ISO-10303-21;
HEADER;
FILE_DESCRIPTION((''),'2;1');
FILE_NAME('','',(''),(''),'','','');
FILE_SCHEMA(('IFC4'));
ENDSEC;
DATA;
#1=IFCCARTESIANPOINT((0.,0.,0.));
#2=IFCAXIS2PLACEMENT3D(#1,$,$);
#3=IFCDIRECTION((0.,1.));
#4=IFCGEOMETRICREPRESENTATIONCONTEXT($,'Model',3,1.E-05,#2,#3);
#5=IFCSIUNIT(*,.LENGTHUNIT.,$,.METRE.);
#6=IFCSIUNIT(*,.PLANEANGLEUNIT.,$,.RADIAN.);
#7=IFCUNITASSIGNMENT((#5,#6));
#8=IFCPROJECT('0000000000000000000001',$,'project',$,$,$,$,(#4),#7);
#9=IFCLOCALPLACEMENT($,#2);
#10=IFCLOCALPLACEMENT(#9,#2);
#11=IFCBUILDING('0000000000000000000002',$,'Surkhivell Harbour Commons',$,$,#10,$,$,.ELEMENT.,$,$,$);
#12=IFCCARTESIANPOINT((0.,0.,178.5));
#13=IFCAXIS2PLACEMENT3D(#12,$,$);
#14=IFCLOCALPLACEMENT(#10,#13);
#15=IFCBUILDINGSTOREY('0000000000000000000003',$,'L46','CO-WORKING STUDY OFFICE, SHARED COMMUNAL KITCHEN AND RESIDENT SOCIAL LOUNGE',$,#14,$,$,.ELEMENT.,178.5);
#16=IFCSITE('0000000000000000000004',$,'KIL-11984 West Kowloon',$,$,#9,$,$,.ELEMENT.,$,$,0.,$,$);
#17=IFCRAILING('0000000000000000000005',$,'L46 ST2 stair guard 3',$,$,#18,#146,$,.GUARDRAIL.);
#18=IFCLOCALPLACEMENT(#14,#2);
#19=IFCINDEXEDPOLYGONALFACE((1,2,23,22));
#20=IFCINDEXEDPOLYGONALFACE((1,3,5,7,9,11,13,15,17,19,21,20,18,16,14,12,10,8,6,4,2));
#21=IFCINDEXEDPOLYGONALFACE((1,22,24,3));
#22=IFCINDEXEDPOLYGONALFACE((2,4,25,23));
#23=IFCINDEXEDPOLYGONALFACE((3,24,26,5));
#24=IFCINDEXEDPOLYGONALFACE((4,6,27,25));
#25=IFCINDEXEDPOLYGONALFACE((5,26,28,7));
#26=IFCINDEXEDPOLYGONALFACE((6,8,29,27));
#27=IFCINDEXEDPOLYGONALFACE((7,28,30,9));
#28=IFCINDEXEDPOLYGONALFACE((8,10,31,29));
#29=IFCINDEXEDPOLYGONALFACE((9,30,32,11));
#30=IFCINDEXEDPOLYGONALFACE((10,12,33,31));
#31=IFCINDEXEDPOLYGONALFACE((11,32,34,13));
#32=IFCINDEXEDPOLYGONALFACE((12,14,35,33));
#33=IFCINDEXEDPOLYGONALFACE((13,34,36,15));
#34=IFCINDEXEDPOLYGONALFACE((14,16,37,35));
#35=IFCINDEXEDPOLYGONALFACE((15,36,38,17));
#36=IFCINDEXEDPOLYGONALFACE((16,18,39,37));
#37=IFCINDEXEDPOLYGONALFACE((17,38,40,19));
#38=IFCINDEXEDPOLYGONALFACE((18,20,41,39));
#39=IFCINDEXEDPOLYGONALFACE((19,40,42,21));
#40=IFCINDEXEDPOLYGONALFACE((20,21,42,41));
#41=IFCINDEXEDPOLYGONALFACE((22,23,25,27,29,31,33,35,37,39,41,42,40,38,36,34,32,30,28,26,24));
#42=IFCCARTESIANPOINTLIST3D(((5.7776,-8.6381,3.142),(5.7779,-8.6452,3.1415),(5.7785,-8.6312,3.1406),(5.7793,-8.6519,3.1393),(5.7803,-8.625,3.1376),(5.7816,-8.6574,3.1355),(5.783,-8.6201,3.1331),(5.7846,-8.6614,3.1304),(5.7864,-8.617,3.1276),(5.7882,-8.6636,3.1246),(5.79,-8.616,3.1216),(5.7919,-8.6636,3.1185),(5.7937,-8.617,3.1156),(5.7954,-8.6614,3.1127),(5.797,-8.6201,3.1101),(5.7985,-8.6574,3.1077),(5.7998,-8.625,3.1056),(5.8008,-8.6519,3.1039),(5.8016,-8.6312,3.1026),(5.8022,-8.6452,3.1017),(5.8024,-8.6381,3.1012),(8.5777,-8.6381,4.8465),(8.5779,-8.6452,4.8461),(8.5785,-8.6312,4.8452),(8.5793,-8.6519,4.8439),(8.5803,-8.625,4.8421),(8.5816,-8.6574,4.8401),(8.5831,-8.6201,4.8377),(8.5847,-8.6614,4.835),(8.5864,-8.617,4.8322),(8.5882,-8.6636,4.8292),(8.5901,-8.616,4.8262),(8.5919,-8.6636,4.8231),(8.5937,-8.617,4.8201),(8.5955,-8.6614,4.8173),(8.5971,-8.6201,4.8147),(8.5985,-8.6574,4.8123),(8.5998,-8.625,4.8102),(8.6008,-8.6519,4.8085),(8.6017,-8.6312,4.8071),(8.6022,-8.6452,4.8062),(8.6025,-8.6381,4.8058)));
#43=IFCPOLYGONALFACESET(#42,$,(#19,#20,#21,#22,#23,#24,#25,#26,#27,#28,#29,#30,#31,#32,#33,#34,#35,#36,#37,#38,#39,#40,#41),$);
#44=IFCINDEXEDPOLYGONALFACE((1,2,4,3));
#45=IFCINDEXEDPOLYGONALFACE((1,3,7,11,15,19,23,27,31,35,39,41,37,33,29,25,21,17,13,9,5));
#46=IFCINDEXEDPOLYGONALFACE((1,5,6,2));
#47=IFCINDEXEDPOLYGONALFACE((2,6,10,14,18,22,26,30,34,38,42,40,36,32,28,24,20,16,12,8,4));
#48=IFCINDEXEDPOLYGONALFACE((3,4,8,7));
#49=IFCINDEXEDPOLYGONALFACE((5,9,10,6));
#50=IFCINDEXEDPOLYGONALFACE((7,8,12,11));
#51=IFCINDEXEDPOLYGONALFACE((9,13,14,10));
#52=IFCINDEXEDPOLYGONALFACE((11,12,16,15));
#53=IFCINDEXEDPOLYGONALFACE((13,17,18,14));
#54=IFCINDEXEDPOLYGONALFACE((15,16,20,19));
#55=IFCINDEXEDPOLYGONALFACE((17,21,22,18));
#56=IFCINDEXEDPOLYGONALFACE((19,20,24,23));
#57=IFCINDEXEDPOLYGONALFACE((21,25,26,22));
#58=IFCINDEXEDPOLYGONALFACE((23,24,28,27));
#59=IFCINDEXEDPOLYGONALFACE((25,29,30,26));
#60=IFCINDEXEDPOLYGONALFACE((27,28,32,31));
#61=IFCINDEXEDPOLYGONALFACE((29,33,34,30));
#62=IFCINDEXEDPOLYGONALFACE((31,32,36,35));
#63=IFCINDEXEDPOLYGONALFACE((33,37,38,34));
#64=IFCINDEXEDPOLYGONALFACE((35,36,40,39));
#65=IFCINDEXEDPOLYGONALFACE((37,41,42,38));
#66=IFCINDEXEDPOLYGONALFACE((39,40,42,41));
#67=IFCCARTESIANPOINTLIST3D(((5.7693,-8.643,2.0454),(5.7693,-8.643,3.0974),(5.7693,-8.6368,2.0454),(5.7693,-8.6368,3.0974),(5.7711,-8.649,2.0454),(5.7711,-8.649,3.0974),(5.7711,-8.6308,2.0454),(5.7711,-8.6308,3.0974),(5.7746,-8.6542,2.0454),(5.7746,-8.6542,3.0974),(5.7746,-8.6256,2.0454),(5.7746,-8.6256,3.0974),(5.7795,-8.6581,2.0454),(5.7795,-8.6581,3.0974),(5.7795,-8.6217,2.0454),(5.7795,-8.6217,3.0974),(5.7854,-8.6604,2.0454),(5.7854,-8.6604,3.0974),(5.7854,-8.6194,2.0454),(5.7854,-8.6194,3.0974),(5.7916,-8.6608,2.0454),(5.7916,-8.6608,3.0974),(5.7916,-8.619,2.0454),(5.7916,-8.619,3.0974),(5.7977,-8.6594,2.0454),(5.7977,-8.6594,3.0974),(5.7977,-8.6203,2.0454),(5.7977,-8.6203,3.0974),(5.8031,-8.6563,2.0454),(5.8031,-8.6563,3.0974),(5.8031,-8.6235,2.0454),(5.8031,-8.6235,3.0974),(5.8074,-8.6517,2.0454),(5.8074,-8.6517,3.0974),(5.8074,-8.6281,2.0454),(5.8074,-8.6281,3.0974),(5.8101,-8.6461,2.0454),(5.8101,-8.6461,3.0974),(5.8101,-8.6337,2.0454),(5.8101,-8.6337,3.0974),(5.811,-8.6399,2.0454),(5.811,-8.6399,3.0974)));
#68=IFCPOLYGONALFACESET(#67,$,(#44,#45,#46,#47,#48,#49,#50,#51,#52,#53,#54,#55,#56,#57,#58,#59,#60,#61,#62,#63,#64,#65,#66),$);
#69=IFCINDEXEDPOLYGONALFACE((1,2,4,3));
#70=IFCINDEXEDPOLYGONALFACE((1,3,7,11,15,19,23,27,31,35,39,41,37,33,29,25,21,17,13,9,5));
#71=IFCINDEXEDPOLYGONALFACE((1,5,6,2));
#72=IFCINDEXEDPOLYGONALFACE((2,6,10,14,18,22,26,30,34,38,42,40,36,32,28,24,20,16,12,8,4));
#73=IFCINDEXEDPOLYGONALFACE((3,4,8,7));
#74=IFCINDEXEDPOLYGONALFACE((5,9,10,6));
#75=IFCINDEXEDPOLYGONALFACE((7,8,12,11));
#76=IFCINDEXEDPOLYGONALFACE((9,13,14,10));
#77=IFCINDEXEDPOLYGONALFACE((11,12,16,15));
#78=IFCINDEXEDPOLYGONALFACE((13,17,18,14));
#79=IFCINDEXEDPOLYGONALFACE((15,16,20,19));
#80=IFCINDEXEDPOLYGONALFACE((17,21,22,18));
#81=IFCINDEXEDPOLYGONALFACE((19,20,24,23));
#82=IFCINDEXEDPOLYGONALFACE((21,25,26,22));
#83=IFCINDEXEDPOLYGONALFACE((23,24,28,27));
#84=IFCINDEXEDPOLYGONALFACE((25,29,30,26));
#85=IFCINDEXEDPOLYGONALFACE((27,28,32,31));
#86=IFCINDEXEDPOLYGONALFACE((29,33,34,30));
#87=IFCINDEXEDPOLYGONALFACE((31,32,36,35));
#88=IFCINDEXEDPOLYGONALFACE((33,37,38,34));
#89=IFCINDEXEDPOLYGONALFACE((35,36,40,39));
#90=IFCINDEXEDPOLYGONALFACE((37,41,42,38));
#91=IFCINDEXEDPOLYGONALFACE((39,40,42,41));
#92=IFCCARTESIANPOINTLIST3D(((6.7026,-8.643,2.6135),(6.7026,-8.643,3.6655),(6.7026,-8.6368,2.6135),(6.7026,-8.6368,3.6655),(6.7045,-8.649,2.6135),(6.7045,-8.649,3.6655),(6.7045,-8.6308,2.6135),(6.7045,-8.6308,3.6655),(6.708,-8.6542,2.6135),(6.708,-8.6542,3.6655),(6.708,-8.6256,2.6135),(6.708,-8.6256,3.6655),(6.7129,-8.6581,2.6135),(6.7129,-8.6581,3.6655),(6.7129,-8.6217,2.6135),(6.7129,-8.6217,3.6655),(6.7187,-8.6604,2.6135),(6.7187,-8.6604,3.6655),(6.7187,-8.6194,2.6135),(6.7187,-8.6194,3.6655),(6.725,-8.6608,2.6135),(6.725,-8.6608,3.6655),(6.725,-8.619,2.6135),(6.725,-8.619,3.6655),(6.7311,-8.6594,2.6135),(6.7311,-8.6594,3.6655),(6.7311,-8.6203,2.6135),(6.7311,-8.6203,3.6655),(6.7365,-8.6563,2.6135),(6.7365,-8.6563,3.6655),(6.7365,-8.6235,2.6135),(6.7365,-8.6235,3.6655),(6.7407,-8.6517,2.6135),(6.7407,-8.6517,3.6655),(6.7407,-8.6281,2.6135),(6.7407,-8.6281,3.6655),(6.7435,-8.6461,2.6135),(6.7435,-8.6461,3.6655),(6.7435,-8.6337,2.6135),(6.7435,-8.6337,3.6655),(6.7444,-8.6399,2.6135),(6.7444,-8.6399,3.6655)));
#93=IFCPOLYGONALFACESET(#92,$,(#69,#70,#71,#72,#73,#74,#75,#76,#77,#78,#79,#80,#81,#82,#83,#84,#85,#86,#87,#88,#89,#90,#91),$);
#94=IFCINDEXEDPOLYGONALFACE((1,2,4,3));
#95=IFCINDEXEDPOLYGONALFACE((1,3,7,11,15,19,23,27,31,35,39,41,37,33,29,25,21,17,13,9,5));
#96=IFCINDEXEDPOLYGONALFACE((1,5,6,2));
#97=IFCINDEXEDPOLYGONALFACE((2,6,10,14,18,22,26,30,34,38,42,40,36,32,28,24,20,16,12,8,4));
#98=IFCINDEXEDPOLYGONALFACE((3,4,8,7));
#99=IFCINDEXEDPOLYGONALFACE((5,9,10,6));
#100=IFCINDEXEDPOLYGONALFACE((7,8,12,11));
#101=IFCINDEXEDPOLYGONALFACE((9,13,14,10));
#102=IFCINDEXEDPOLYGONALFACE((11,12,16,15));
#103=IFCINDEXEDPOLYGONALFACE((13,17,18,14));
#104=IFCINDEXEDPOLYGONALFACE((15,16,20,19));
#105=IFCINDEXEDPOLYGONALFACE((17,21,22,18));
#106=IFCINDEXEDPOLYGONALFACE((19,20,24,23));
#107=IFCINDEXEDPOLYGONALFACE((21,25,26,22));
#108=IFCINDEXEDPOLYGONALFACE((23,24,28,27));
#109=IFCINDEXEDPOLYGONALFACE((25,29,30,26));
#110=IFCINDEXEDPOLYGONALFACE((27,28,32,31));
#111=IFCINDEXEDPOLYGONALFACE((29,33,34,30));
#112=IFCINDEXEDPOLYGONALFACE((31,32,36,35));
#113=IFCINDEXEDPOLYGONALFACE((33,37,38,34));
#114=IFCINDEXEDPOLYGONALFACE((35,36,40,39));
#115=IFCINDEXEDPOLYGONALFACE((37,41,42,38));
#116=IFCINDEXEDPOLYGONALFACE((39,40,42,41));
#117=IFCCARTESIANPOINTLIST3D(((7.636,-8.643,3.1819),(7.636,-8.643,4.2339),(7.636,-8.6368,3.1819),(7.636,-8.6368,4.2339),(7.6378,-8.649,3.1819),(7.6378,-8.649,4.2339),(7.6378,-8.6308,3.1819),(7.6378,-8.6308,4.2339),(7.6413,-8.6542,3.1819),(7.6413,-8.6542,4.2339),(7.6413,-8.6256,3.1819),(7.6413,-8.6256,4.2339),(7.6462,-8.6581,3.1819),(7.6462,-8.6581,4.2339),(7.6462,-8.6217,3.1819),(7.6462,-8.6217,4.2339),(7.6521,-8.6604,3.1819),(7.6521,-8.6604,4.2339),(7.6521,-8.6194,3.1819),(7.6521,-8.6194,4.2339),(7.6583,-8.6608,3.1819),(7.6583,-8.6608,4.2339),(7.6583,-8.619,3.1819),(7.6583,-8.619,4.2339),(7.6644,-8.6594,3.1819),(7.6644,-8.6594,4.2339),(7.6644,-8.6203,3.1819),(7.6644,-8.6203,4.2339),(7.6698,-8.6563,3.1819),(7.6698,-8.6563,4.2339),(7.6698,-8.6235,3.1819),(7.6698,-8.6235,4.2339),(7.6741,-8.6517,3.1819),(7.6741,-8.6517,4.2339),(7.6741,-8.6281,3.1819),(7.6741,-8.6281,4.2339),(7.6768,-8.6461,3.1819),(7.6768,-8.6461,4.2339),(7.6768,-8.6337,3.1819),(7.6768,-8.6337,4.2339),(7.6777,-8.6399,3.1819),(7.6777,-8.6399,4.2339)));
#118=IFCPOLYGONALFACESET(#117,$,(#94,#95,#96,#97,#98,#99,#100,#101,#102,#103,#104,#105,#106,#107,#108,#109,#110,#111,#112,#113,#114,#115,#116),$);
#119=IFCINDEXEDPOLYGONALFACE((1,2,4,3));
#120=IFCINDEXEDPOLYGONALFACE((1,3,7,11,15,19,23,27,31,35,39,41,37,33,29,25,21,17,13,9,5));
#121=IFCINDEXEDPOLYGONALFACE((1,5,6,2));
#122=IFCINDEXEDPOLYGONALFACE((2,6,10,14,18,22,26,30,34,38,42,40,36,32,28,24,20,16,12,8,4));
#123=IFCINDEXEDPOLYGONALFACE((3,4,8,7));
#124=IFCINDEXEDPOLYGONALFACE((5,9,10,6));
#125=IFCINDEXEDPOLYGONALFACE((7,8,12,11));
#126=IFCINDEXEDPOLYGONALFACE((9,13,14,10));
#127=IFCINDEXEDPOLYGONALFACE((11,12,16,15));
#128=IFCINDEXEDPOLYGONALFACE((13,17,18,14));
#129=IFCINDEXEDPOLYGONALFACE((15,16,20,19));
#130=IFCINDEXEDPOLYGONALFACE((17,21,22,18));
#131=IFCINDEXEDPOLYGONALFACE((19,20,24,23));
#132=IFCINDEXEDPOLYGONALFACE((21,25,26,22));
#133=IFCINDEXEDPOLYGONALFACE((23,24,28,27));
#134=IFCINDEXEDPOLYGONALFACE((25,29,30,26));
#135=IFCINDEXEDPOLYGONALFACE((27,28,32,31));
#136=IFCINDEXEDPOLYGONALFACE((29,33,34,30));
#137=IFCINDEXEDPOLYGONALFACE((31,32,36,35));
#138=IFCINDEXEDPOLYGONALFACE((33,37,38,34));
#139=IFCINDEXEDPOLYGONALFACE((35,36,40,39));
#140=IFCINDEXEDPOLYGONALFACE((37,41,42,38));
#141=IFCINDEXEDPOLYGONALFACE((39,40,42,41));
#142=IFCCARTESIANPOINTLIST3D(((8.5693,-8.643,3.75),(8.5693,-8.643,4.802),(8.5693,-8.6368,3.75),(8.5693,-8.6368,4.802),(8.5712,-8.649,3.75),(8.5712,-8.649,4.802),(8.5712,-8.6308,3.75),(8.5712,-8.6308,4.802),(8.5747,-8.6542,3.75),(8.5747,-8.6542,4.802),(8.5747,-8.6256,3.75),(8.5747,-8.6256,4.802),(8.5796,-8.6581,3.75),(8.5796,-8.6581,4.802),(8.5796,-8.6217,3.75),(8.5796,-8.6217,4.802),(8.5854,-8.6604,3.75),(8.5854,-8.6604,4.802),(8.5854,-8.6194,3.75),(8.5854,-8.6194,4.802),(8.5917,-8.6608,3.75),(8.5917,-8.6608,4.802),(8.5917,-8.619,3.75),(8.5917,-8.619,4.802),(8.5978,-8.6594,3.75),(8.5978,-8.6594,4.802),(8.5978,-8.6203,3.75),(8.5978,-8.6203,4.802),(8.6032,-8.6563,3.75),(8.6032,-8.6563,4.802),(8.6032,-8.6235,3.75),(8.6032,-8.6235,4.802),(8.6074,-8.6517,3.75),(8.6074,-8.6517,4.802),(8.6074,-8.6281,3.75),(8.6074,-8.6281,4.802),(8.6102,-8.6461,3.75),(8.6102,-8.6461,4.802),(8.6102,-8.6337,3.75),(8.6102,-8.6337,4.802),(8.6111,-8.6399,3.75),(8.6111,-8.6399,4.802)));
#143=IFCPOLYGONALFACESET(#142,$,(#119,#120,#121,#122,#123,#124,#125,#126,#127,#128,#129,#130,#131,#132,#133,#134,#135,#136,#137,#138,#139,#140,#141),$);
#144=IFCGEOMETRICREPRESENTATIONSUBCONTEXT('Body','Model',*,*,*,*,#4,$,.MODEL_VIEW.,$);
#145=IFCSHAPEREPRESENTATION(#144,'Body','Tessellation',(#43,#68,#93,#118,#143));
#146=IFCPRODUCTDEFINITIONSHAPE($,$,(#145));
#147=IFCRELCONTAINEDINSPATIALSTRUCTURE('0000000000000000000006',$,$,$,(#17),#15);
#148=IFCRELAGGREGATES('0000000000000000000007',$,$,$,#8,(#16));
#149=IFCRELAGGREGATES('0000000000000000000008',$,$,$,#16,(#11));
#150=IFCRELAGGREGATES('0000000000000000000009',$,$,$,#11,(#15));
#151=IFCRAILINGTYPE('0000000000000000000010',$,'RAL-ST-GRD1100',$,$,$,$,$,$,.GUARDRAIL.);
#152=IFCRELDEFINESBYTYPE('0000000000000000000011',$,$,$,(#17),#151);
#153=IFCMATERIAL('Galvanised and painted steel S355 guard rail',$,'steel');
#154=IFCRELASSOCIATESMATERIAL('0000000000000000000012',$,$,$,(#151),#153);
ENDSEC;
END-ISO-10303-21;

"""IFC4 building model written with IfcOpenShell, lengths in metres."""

from ifc_helpers import new_model, si_unit, direction, frame, origin, origin_2d, place, context, subcontext, project, spatial, circle, extrude, material, type_object, element, save


model = new_model("IFC4")

# Units and contexts
model_context = context("Model", 3, precision=1e-05, world=origin(), true_north=direction((0.0, 1.0)))
body_context = subcontext(model_context, "Body", "Model", "MODEL_VIEW")
ifc_project = project(units=[si_unit("LENGTHUNIT", "METRE"), si_unit("PLANEANGLEUNIT", "RADIAN")], contexts=[model_context])

# Site, building, storey
site_placement = place(None, origin())
site = spatial("IfcSite", under=ifc_project, at=site_placement, Name="KIL-11984 West Kowloon", CompositionType="ELEMENT", RefElevation=0.0)
building_placement = place(site_placement, origin())
building = spatial("IfcBuilding", under=site, at=building_placement, Name="Surkhivell Harbour Commons", CompositionType="ELEMENT")
storey_placement = place(building_placement, frame((0.0, 0.0, 178.5)))
storey = spatial("IfcBuildingStorey", under=building, at=storey_placement, Name="L46", Description="CO-WORKING STUDY OFFICE, SHARED COMMUNAL KITCHEN AND RESIDENT SOCIAL LOUNGE", CompositionType="ELEMENT", Elevation=178.5)

# Railing
ifc_material_1 = material(Name="Galvanised and painted steel S355 guard rail", Category="steel")
railing_type_1 = type_object("IfcRailingType", Name="RAL-ST-GRD1100", PredefinedType="GUARDRAIL", material=ifc_material_1)
railing_1_placement = place(storey_placement, frame((5.79, -8.6399, 2.0454)))
element("IfcRailing", 1, at=railing_1_placement, inside=storey, type_object=railing_type_1, Name="L46 ST2 stair guard 3", PredefinedType="GUARDRAIL", context=body_context, shape_type="SweptSolid", body=[
    extrude(circle(Radius=0.0239, at=origin_2d()), frame((0.0, 0.0, 1.0762), z_axis=(0.85417, 0.0, 0.519994), x_axis=(0.0, 1.0, 0.0)), (0.0, 0.0, 1.0), 3.2781),
    extrude(circle(Radius=0.021, at=origin_2d()), origin(), (0.0, 0.0, 1.0), 1.052),
    extrude(circle(Radius=0.021, at=origin_2d()), frame((0.9333, 0.0, 0.5681)), (0.0, 0.0, 1.0), 1.052),
    extrude(circle(Radius=0.021, at=origin_2d()), frame((1.8667, 0.0, 1.1365)), (0.0, 0.0, 1.0), 1.052),
    extrude(circle(Radius=0.021, at=origin_2d()), frame((2.8, 0.0, 1.7046)), (0.0, 0.0, 1.0), 1.052),
])

save(model, "model.ifc")
